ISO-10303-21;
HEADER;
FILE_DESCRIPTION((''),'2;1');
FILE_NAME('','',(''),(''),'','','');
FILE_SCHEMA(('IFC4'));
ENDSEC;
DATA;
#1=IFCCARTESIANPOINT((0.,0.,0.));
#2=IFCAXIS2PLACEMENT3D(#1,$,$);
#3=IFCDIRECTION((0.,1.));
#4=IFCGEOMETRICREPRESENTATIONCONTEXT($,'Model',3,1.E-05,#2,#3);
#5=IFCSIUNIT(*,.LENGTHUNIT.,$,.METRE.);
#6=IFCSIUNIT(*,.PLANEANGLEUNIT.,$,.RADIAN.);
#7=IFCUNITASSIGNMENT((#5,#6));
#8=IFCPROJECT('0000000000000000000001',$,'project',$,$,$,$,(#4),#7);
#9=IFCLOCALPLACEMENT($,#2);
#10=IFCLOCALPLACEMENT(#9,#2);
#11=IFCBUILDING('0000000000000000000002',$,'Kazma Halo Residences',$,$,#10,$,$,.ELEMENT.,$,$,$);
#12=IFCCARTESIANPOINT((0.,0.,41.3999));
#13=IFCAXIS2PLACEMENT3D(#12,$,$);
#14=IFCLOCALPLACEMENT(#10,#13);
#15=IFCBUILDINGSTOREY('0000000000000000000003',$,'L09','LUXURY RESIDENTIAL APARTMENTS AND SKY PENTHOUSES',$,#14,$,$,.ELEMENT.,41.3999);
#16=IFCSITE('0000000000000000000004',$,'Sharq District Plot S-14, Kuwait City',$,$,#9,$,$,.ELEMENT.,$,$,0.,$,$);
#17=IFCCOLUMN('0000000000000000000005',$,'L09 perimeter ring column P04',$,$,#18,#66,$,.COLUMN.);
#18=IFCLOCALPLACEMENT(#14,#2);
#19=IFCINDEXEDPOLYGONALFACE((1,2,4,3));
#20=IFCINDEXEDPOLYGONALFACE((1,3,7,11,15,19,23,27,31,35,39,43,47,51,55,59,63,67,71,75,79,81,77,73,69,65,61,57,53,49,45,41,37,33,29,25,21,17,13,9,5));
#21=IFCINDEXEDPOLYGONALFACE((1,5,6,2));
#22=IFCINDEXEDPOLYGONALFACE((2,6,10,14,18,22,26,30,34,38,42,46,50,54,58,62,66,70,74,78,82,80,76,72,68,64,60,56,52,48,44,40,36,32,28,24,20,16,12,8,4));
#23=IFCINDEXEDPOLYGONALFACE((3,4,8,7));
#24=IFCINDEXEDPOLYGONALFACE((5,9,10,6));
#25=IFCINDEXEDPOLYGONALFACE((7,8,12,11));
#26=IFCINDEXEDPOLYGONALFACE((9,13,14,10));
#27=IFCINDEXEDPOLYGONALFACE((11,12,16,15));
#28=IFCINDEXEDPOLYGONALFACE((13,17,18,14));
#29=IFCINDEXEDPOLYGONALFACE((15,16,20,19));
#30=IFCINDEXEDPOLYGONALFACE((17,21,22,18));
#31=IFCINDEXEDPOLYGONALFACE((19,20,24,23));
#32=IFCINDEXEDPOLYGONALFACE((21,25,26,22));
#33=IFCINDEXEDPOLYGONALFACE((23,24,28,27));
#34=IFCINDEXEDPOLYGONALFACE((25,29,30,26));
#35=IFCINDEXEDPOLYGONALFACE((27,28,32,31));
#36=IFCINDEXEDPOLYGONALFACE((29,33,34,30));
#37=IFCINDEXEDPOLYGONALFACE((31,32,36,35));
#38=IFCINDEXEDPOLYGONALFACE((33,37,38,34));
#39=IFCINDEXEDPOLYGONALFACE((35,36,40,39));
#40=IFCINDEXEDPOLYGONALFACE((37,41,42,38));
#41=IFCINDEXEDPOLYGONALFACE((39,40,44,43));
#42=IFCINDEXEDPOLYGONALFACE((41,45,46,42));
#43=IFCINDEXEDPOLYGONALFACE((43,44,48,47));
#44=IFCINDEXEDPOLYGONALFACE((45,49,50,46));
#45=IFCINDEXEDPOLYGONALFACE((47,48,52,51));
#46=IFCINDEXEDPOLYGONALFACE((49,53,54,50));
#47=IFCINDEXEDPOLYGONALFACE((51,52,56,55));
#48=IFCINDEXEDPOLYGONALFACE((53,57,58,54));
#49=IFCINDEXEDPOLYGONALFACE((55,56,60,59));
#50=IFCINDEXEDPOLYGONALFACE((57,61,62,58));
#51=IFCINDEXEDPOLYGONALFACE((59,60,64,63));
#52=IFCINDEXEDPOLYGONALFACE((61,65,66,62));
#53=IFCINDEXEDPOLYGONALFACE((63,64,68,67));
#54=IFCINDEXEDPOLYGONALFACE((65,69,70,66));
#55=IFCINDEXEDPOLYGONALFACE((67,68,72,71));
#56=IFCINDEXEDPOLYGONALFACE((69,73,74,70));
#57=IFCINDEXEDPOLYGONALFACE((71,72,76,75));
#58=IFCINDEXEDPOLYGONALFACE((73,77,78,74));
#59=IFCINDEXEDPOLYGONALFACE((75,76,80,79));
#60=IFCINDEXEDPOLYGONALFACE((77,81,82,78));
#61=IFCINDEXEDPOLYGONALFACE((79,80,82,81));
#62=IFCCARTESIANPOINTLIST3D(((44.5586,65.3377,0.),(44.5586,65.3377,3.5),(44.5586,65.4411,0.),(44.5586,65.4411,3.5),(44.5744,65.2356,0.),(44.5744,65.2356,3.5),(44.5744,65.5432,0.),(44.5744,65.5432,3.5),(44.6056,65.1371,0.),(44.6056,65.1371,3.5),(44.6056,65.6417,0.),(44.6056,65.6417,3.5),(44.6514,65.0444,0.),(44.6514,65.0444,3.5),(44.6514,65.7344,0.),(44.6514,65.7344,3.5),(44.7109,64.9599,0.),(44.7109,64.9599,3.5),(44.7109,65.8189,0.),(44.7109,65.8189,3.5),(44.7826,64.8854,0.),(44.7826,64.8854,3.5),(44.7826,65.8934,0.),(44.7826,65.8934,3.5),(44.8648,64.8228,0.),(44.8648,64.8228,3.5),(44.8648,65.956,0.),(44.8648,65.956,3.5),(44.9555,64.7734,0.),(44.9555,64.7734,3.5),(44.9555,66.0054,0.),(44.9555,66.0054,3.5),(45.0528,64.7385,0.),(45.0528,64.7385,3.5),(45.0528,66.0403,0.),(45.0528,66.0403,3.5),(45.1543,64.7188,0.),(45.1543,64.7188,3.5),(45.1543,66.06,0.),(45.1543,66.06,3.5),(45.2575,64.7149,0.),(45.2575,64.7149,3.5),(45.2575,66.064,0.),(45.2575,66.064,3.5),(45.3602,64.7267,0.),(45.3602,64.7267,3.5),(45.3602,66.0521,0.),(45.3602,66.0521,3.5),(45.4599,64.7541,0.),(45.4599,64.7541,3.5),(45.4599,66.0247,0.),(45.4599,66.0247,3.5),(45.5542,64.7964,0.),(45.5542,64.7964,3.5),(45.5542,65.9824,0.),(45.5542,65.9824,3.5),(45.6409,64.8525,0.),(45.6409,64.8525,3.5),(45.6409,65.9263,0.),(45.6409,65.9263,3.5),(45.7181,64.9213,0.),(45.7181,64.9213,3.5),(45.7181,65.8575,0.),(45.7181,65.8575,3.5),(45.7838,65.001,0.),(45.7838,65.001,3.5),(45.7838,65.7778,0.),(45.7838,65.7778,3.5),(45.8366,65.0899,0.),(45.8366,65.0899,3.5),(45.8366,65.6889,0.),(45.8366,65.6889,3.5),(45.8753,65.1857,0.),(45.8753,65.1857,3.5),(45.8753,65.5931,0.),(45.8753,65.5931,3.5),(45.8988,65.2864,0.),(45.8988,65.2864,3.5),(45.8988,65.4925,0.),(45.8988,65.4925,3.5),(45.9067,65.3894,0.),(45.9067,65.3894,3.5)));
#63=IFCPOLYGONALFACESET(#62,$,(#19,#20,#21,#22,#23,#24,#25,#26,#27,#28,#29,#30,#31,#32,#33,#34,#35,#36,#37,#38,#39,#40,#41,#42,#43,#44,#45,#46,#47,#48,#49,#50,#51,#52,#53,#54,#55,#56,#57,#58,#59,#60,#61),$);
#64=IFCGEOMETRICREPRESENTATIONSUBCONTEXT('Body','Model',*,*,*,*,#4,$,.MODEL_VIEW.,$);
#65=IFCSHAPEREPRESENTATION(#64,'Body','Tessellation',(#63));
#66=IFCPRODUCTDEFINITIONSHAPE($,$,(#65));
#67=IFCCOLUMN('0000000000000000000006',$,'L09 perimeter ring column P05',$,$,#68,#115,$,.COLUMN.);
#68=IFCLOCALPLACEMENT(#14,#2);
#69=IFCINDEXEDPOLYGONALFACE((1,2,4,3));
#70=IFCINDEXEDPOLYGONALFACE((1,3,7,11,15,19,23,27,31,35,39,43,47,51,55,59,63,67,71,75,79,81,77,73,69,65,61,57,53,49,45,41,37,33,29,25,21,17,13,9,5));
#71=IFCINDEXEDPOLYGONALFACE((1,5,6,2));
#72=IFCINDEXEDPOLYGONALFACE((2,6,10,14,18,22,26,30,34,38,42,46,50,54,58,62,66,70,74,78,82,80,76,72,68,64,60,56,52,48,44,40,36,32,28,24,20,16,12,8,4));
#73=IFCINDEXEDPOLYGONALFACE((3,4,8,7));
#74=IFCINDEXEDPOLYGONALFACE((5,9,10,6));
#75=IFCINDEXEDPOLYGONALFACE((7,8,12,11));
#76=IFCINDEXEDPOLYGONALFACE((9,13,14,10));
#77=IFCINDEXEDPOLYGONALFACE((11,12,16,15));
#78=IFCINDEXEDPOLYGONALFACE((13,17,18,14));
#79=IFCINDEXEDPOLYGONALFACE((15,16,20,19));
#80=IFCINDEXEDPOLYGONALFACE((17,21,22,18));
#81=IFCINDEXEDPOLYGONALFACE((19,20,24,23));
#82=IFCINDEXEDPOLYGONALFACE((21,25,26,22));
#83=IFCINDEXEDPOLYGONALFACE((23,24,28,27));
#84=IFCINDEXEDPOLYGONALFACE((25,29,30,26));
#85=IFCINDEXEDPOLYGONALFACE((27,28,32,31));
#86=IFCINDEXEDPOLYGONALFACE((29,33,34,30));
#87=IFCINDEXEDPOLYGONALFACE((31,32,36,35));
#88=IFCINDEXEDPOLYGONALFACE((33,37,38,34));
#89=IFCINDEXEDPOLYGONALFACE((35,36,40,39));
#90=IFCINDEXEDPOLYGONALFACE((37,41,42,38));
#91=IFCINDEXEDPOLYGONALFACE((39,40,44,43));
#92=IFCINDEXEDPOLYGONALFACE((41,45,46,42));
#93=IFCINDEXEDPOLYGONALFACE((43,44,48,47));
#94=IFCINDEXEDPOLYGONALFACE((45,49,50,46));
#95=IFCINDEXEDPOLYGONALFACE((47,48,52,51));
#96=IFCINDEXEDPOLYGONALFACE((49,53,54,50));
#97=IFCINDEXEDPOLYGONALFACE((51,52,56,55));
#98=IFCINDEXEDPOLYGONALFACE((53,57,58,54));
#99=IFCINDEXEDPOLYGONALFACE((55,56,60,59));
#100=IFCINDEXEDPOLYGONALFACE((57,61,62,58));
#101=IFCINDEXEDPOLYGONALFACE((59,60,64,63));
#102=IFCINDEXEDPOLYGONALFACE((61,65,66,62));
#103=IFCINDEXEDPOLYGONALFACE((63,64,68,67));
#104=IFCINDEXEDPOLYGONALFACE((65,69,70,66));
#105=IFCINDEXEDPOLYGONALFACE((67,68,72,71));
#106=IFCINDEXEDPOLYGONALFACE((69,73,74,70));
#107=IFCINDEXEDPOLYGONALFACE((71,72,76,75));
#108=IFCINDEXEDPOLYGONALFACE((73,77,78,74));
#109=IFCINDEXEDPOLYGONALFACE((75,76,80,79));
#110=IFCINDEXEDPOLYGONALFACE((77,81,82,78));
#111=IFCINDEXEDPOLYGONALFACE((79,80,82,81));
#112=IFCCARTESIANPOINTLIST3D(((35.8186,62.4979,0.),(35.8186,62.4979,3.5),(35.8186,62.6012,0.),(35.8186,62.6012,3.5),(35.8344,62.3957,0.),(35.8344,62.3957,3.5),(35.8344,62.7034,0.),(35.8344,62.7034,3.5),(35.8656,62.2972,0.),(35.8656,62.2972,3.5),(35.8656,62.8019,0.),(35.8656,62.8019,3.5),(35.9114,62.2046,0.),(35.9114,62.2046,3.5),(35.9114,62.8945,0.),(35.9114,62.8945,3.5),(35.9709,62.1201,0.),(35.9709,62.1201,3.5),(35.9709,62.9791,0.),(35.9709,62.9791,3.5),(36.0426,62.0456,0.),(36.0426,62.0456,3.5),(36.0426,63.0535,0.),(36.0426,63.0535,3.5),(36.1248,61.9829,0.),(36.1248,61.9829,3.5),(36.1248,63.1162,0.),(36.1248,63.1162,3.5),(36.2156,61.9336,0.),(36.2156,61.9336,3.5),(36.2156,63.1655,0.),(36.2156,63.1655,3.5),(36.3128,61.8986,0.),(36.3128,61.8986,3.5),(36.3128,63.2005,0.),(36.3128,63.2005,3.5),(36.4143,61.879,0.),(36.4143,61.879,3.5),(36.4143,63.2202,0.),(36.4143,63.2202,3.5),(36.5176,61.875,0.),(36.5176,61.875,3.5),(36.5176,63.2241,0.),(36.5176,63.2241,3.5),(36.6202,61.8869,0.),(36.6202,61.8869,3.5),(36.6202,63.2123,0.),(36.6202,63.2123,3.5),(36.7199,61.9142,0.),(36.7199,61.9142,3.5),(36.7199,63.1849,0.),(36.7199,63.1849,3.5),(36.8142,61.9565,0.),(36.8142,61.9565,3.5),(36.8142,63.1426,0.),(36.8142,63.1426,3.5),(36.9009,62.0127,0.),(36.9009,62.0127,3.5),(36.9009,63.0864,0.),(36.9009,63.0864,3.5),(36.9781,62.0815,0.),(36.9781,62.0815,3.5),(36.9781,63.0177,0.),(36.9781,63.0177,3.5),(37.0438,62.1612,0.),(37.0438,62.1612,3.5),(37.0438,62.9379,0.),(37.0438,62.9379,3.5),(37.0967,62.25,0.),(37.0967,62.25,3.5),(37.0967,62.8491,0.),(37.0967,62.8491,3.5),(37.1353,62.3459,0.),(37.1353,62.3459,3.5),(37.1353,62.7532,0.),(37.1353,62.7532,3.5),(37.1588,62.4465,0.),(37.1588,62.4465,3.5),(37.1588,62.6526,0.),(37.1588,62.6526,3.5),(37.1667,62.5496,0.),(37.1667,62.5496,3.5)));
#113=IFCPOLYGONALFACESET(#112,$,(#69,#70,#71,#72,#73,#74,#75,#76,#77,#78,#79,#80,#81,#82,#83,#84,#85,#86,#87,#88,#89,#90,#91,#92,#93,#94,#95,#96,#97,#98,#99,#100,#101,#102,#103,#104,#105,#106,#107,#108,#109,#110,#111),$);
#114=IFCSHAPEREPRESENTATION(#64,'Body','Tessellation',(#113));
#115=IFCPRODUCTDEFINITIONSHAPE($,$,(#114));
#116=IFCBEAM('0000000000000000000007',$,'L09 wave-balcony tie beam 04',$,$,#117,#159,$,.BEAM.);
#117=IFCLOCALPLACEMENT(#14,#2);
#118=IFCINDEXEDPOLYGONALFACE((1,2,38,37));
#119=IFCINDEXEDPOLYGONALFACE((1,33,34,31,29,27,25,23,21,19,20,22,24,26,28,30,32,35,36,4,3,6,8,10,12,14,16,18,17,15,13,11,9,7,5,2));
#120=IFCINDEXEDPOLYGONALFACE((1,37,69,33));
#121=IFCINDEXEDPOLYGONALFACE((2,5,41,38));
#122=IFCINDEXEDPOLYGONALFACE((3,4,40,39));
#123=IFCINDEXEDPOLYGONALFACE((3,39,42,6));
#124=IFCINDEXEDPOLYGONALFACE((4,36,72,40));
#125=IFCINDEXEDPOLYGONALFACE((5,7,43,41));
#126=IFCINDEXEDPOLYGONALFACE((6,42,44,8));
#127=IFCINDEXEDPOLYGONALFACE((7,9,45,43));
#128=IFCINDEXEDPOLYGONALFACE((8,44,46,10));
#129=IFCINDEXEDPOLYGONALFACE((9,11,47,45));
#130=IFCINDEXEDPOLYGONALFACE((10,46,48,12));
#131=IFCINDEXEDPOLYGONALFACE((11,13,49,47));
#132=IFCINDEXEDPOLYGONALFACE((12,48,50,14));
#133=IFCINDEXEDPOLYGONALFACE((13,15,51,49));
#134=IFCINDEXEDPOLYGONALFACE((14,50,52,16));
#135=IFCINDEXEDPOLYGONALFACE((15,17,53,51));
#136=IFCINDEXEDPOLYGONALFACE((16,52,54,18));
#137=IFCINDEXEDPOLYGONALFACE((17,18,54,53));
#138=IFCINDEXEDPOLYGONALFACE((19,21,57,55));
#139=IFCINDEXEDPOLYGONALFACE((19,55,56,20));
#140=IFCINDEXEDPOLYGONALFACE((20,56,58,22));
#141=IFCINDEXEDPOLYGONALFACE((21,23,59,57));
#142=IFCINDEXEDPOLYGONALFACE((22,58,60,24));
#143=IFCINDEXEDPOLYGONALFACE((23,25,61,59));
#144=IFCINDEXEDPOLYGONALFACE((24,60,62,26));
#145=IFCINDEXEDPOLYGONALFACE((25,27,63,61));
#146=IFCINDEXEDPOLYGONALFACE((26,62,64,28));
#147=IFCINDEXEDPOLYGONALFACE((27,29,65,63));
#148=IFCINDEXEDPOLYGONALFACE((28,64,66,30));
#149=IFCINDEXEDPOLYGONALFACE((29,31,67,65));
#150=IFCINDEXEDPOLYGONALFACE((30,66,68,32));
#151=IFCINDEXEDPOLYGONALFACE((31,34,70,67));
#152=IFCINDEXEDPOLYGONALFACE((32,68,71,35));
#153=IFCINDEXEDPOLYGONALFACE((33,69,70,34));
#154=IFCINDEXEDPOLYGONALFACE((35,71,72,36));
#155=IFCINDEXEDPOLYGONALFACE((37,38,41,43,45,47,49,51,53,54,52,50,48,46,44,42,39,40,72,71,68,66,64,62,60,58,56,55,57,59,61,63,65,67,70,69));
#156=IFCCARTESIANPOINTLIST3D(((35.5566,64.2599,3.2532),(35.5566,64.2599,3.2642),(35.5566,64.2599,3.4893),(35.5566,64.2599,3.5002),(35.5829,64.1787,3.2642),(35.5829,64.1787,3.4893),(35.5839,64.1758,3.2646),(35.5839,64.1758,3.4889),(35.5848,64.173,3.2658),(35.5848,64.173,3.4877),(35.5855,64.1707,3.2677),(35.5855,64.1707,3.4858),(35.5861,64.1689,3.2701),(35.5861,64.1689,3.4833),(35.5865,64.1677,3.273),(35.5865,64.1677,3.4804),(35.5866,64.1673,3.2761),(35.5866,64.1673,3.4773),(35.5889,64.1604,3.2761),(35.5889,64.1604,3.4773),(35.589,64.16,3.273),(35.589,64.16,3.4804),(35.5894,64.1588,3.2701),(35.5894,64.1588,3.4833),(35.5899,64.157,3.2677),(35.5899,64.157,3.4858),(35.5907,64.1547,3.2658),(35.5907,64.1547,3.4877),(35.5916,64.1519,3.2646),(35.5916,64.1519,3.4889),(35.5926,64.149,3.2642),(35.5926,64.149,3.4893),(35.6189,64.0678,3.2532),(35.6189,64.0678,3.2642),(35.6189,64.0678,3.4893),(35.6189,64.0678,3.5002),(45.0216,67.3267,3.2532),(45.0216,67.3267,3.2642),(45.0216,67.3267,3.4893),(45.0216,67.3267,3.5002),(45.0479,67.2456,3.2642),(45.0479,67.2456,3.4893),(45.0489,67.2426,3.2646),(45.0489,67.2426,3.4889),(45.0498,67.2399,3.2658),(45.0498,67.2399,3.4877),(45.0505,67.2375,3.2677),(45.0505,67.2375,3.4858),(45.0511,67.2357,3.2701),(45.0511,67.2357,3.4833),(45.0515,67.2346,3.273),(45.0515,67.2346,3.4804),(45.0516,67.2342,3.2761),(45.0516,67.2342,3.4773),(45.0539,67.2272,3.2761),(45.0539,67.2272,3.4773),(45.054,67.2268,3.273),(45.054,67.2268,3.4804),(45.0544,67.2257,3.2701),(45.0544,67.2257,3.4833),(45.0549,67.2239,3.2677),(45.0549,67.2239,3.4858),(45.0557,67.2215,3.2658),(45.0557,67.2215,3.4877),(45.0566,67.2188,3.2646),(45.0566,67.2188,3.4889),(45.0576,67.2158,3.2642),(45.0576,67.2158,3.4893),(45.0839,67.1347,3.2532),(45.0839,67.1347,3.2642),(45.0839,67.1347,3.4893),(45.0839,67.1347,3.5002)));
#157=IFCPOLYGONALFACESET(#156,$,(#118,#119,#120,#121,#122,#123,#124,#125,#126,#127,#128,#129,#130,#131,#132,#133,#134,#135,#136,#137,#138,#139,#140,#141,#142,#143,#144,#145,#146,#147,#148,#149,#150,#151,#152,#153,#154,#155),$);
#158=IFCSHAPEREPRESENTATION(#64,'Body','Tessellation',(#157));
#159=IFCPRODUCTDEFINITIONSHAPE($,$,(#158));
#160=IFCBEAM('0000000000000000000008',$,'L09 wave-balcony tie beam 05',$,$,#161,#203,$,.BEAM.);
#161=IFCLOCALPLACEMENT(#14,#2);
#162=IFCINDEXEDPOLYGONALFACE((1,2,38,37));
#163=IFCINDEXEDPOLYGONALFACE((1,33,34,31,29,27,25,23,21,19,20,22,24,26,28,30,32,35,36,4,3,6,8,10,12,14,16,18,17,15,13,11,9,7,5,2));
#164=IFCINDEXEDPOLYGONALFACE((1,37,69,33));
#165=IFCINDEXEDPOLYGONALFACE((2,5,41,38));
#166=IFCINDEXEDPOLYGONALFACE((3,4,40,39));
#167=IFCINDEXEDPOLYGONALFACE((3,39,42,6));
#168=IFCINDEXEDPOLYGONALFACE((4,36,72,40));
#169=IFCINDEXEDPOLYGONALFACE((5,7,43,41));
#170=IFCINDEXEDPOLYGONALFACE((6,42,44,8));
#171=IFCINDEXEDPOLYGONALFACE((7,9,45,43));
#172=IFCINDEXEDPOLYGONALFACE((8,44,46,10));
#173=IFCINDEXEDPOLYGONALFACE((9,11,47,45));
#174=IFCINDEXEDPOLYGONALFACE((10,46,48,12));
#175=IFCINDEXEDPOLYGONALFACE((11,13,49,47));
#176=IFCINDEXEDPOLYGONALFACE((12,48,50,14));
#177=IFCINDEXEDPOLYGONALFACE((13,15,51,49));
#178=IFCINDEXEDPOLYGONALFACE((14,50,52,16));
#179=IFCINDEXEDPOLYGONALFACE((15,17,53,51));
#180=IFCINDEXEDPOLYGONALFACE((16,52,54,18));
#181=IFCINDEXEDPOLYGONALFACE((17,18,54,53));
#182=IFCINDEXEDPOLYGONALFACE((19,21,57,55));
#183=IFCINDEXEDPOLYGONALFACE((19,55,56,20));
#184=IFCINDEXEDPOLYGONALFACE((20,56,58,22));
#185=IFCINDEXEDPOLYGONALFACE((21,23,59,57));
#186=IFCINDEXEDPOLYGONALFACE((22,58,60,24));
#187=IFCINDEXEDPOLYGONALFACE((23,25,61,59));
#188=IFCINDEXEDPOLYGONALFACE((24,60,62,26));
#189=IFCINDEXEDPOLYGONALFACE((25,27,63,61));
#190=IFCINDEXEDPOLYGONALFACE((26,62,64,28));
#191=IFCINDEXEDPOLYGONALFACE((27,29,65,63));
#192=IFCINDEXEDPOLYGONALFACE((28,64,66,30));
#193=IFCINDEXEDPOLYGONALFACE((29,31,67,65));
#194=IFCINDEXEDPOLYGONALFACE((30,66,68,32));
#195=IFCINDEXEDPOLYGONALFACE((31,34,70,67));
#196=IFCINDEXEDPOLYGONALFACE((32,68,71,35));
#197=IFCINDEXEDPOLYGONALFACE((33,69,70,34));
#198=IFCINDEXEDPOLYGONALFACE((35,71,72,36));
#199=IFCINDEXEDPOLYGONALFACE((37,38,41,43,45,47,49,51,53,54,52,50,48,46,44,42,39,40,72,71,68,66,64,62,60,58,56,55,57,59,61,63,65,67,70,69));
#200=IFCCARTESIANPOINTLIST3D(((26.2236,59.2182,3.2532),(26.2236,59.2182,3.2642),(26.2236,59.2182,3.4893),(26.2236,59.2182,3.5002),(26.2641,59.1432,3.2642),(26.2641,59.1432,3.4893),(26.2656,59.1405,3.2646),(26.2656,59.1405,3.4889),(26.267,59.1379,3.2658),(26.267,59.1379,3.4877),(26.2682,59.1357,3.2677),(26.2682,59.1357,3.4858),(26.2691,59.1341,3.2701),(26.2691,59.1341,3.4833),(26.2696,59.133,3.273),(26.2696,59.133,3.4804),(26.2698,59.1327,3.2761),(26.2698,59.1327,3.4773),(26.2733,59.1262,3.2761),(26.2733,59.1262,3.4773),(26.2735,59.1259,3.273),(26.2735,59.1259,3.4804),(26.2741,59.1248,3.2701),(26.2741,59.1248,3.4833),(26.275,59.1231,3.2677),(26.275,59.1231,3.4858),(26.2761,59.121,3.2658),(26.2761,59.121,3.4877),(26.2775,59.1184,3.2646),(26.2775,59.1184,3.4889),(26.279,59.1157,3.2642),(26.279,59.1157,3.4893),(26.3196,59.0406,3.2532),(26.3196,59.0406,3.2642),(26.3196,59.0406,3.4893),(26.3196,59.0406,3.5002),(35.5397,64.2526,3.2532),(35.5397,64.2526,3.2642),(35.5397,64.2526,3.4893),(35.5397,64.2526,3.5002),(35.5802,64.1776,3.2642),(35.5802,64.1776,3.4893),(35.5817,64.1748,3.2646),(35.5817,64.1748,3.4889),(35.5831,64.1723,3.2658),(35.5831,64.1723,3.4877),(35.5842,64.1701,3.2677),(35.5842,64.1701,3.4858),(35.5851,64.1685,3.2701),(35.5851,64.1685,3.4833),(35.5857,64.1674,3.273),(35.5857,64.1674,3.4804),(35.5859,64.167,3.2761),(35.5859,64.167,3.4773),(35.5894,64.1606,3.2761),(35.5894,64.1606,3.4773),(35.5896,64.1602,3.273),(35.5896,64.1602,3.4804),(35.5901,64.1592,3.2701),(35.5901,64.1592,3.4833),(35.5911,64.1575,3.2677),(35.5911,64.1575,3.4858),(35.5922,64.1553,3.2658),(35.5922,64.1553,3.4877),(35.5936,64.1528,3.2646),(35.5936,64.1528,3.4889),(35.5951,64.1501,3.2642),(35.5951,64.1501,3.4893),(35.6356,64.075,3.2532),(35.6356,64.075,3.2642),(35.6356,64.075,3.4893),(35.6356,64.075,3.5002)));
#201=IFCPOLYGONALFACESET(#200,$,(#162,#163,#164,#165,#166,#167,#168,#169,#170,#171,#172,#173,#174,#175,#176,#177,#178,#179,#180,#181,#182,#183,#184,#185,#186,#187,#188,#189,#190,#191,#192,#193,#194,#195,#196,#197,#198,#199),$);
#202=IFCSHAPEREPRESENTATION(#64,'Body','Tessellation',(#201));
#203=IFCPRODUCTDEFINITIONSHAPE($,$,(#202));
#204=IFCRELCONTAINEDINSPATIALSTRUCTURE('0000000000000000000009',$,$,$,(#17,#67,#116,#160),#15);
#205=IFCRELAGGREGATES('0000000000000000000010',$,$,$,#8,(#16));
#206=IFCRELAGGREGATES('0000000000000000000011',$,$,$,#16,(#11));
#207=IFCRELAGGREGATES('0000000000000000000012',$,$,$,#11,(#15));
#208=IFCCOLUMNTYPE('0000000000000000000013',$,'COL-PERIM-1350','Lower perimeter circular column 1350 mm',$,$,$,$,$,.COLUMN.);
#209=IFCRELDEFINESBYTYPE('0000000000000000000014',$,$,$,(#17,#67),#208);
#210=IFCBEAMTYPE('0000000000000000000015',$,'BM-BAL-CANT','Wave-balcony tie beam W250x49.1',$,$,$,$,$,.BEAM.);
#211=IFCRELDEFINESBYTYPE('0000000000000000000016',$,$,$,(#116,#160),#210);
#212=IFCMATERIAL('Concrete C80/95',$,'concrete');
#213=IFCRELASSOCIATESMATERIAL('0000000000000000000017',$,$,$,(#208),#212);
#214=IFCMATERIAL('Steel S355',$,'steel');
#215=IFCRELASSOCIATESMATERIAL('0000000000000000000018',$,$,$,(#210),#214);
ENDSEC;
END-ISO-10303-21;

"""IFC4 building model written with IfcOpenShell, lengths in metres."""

from ifc_helpers import new_model, si_unit, direction, frame, origin, origin_2d, place, context, subcontext, project, spatial, circle, i_section, extrude, material, material_profile, profile_set, type_object, element, save


model = new_model("IFC4")

# Units and contexts
model_context = context("Model", 3, precision=1e-05, world=origin(), true_north=direction((0.0, 1.0)))
body_context = subcontext(model_context, "Body", "Model", "MODEL_VIEW")
ifc_project = project(units=[si_unit("LENGTHUNIT", "METRE"), si_unit("PLANEANGLEUNIT", "RADIAN")], contexts=[model_context])

# Site, building, storey
site_placement = place(None, origin())
site = spatial("IfcSite", under=ifc_project, at=site_placement, Name="Sharq District Plot S-14, Kuwait City", CompositionType="ELEMENT", RefElevation=0.0)
building_placement = place(site_placement, origin())
building = spatial("IfcBuilding", under=site, at=building_placement, Name="Kazma Halo Residences", CompositionType="ELEMENT")
storey_placement = place(building_placement, frame((0.0, 0.0, 41.3999)))
storey = spatial("IfcBuildingStorey", under=building, at=storey_placement, Name="L09", Description="LUXURY RESIDENTIAL APARTMENTS AND SKY PENTHOUSES", CompositionType="ELEMENT", Elevation=41.3999)

# Columns
ifc_material_1 = material(Name="Concrete C80/95", Category="concrete")
ifc_material_profile_1 = material_profile(ifc_material_1, circle(Radius=0.675, at=origin_2d()), Name="CIRC1350")
ifc_profile_set_1 = profile_set([ifc_material_profile_1], Name="Concrete C80/95")
column_type = type_object("IfcColumnType", Name="COL-PERIM-1350", Description="Lower perimeter circular column 1350 mm", PredefinedType="COLUMN", material=ifc_profile_set_1)
for number, where, z_axis, x_axis, name in (
    (1, (45.2317, 65.3894, 0.0), (0.0, 0.0, 1.0), (1.0, 0.0, 0.0), "L09 perimeter ring column P04"),
    (2, (36.4917, 62.5496, 0.0), (0.0, 0.0, 1.0), (1.0, 0.0, 0.0), "L09 perimeter ring column P05"),
):
    element("IfcColumn", number, at=place(storey_placement, frame(where, z_axis=z_axis, x_axis=x_axis)), inside=storey, type_object=column_type, Name=name, PredefinedType="COLUMN", context=body_context, shape_type="SweptSolid", body=[
        extrude(circle(Radius=0.675, at=origin_2d()), origin(), (0.0, 0.0, 1.0), 3.5),
    ])

# Beams
ifc_material_2 = material(Name="Steel S355", Category="steel")
ifc_material_profile_2 = material_profile(ifc_material_2, i_section(OverallWidth=0.2019, OverallDepth=0.2471, WebThickness=0.0073, FlangeThickness=0.011, FilletRadius=0.012, at=origin_2d()), Name="W250x49.1")
ifc_profile_set_2 = profile_set([ifc_material_profile_2], Name="Steel S355")
beam_type_1 = type_object("IfcBeamType", Name="BM-BAL-CANT", Description="Wave-balcony tie beam W250x49.1", PredefinedType="BEAM", material=ifc_profile_set_2)
beam_1_placement = place(storey_placement, frame((45.0527, 67.2307, 3.3767), z_axis=(-0.951307, -0.308244, 0.0), x_axis=(0.308244, -0.951307, 0.0)))
element("IfcBeam", 3, at=beam_1_placement, inside=storey, type_object=beam_type_1, Name="L09 wave-balcony tie beam 04", PredefinedType="BEAM", context=body_context, shape_type="SweptSolid", body=[
    extrude(i_section(OverallWidth=0.2019, OverallDepth=0.2471, WebThickness=0.0073, FlangeThickness=0.011, FilletRadius=0.012, at=origin_2d()), origin(), (0.0, 0.0, 1.0), 9.9495),
])
beam_2_placement = place(storey_placement, frame((35.5876, 64.1638, 3.3767), z_axis=(-0.879759, -0.475419, 0.0), x_axis=(0.475419, -0.879759, 0.0)))
element("IfcBeam", 4, at=beam_2_placement, inside=storey, type_object=beam_type_1, Name="L09 wave-balcony tie beam 05", PredefinedType="BEAM", context=body_context, shape_type="SweptSolid", body=[
    extrude(i_section(OverallWidth=0.2019, OverallDepth=0.2471, WebThickness=0.0073, FlangeThickness=0.011, FilletRadius=0.012, at=origin_2d()), origin(), (0.0, 0.0, 1.0), 10.5894),
])

save(model, "model.ifc")
